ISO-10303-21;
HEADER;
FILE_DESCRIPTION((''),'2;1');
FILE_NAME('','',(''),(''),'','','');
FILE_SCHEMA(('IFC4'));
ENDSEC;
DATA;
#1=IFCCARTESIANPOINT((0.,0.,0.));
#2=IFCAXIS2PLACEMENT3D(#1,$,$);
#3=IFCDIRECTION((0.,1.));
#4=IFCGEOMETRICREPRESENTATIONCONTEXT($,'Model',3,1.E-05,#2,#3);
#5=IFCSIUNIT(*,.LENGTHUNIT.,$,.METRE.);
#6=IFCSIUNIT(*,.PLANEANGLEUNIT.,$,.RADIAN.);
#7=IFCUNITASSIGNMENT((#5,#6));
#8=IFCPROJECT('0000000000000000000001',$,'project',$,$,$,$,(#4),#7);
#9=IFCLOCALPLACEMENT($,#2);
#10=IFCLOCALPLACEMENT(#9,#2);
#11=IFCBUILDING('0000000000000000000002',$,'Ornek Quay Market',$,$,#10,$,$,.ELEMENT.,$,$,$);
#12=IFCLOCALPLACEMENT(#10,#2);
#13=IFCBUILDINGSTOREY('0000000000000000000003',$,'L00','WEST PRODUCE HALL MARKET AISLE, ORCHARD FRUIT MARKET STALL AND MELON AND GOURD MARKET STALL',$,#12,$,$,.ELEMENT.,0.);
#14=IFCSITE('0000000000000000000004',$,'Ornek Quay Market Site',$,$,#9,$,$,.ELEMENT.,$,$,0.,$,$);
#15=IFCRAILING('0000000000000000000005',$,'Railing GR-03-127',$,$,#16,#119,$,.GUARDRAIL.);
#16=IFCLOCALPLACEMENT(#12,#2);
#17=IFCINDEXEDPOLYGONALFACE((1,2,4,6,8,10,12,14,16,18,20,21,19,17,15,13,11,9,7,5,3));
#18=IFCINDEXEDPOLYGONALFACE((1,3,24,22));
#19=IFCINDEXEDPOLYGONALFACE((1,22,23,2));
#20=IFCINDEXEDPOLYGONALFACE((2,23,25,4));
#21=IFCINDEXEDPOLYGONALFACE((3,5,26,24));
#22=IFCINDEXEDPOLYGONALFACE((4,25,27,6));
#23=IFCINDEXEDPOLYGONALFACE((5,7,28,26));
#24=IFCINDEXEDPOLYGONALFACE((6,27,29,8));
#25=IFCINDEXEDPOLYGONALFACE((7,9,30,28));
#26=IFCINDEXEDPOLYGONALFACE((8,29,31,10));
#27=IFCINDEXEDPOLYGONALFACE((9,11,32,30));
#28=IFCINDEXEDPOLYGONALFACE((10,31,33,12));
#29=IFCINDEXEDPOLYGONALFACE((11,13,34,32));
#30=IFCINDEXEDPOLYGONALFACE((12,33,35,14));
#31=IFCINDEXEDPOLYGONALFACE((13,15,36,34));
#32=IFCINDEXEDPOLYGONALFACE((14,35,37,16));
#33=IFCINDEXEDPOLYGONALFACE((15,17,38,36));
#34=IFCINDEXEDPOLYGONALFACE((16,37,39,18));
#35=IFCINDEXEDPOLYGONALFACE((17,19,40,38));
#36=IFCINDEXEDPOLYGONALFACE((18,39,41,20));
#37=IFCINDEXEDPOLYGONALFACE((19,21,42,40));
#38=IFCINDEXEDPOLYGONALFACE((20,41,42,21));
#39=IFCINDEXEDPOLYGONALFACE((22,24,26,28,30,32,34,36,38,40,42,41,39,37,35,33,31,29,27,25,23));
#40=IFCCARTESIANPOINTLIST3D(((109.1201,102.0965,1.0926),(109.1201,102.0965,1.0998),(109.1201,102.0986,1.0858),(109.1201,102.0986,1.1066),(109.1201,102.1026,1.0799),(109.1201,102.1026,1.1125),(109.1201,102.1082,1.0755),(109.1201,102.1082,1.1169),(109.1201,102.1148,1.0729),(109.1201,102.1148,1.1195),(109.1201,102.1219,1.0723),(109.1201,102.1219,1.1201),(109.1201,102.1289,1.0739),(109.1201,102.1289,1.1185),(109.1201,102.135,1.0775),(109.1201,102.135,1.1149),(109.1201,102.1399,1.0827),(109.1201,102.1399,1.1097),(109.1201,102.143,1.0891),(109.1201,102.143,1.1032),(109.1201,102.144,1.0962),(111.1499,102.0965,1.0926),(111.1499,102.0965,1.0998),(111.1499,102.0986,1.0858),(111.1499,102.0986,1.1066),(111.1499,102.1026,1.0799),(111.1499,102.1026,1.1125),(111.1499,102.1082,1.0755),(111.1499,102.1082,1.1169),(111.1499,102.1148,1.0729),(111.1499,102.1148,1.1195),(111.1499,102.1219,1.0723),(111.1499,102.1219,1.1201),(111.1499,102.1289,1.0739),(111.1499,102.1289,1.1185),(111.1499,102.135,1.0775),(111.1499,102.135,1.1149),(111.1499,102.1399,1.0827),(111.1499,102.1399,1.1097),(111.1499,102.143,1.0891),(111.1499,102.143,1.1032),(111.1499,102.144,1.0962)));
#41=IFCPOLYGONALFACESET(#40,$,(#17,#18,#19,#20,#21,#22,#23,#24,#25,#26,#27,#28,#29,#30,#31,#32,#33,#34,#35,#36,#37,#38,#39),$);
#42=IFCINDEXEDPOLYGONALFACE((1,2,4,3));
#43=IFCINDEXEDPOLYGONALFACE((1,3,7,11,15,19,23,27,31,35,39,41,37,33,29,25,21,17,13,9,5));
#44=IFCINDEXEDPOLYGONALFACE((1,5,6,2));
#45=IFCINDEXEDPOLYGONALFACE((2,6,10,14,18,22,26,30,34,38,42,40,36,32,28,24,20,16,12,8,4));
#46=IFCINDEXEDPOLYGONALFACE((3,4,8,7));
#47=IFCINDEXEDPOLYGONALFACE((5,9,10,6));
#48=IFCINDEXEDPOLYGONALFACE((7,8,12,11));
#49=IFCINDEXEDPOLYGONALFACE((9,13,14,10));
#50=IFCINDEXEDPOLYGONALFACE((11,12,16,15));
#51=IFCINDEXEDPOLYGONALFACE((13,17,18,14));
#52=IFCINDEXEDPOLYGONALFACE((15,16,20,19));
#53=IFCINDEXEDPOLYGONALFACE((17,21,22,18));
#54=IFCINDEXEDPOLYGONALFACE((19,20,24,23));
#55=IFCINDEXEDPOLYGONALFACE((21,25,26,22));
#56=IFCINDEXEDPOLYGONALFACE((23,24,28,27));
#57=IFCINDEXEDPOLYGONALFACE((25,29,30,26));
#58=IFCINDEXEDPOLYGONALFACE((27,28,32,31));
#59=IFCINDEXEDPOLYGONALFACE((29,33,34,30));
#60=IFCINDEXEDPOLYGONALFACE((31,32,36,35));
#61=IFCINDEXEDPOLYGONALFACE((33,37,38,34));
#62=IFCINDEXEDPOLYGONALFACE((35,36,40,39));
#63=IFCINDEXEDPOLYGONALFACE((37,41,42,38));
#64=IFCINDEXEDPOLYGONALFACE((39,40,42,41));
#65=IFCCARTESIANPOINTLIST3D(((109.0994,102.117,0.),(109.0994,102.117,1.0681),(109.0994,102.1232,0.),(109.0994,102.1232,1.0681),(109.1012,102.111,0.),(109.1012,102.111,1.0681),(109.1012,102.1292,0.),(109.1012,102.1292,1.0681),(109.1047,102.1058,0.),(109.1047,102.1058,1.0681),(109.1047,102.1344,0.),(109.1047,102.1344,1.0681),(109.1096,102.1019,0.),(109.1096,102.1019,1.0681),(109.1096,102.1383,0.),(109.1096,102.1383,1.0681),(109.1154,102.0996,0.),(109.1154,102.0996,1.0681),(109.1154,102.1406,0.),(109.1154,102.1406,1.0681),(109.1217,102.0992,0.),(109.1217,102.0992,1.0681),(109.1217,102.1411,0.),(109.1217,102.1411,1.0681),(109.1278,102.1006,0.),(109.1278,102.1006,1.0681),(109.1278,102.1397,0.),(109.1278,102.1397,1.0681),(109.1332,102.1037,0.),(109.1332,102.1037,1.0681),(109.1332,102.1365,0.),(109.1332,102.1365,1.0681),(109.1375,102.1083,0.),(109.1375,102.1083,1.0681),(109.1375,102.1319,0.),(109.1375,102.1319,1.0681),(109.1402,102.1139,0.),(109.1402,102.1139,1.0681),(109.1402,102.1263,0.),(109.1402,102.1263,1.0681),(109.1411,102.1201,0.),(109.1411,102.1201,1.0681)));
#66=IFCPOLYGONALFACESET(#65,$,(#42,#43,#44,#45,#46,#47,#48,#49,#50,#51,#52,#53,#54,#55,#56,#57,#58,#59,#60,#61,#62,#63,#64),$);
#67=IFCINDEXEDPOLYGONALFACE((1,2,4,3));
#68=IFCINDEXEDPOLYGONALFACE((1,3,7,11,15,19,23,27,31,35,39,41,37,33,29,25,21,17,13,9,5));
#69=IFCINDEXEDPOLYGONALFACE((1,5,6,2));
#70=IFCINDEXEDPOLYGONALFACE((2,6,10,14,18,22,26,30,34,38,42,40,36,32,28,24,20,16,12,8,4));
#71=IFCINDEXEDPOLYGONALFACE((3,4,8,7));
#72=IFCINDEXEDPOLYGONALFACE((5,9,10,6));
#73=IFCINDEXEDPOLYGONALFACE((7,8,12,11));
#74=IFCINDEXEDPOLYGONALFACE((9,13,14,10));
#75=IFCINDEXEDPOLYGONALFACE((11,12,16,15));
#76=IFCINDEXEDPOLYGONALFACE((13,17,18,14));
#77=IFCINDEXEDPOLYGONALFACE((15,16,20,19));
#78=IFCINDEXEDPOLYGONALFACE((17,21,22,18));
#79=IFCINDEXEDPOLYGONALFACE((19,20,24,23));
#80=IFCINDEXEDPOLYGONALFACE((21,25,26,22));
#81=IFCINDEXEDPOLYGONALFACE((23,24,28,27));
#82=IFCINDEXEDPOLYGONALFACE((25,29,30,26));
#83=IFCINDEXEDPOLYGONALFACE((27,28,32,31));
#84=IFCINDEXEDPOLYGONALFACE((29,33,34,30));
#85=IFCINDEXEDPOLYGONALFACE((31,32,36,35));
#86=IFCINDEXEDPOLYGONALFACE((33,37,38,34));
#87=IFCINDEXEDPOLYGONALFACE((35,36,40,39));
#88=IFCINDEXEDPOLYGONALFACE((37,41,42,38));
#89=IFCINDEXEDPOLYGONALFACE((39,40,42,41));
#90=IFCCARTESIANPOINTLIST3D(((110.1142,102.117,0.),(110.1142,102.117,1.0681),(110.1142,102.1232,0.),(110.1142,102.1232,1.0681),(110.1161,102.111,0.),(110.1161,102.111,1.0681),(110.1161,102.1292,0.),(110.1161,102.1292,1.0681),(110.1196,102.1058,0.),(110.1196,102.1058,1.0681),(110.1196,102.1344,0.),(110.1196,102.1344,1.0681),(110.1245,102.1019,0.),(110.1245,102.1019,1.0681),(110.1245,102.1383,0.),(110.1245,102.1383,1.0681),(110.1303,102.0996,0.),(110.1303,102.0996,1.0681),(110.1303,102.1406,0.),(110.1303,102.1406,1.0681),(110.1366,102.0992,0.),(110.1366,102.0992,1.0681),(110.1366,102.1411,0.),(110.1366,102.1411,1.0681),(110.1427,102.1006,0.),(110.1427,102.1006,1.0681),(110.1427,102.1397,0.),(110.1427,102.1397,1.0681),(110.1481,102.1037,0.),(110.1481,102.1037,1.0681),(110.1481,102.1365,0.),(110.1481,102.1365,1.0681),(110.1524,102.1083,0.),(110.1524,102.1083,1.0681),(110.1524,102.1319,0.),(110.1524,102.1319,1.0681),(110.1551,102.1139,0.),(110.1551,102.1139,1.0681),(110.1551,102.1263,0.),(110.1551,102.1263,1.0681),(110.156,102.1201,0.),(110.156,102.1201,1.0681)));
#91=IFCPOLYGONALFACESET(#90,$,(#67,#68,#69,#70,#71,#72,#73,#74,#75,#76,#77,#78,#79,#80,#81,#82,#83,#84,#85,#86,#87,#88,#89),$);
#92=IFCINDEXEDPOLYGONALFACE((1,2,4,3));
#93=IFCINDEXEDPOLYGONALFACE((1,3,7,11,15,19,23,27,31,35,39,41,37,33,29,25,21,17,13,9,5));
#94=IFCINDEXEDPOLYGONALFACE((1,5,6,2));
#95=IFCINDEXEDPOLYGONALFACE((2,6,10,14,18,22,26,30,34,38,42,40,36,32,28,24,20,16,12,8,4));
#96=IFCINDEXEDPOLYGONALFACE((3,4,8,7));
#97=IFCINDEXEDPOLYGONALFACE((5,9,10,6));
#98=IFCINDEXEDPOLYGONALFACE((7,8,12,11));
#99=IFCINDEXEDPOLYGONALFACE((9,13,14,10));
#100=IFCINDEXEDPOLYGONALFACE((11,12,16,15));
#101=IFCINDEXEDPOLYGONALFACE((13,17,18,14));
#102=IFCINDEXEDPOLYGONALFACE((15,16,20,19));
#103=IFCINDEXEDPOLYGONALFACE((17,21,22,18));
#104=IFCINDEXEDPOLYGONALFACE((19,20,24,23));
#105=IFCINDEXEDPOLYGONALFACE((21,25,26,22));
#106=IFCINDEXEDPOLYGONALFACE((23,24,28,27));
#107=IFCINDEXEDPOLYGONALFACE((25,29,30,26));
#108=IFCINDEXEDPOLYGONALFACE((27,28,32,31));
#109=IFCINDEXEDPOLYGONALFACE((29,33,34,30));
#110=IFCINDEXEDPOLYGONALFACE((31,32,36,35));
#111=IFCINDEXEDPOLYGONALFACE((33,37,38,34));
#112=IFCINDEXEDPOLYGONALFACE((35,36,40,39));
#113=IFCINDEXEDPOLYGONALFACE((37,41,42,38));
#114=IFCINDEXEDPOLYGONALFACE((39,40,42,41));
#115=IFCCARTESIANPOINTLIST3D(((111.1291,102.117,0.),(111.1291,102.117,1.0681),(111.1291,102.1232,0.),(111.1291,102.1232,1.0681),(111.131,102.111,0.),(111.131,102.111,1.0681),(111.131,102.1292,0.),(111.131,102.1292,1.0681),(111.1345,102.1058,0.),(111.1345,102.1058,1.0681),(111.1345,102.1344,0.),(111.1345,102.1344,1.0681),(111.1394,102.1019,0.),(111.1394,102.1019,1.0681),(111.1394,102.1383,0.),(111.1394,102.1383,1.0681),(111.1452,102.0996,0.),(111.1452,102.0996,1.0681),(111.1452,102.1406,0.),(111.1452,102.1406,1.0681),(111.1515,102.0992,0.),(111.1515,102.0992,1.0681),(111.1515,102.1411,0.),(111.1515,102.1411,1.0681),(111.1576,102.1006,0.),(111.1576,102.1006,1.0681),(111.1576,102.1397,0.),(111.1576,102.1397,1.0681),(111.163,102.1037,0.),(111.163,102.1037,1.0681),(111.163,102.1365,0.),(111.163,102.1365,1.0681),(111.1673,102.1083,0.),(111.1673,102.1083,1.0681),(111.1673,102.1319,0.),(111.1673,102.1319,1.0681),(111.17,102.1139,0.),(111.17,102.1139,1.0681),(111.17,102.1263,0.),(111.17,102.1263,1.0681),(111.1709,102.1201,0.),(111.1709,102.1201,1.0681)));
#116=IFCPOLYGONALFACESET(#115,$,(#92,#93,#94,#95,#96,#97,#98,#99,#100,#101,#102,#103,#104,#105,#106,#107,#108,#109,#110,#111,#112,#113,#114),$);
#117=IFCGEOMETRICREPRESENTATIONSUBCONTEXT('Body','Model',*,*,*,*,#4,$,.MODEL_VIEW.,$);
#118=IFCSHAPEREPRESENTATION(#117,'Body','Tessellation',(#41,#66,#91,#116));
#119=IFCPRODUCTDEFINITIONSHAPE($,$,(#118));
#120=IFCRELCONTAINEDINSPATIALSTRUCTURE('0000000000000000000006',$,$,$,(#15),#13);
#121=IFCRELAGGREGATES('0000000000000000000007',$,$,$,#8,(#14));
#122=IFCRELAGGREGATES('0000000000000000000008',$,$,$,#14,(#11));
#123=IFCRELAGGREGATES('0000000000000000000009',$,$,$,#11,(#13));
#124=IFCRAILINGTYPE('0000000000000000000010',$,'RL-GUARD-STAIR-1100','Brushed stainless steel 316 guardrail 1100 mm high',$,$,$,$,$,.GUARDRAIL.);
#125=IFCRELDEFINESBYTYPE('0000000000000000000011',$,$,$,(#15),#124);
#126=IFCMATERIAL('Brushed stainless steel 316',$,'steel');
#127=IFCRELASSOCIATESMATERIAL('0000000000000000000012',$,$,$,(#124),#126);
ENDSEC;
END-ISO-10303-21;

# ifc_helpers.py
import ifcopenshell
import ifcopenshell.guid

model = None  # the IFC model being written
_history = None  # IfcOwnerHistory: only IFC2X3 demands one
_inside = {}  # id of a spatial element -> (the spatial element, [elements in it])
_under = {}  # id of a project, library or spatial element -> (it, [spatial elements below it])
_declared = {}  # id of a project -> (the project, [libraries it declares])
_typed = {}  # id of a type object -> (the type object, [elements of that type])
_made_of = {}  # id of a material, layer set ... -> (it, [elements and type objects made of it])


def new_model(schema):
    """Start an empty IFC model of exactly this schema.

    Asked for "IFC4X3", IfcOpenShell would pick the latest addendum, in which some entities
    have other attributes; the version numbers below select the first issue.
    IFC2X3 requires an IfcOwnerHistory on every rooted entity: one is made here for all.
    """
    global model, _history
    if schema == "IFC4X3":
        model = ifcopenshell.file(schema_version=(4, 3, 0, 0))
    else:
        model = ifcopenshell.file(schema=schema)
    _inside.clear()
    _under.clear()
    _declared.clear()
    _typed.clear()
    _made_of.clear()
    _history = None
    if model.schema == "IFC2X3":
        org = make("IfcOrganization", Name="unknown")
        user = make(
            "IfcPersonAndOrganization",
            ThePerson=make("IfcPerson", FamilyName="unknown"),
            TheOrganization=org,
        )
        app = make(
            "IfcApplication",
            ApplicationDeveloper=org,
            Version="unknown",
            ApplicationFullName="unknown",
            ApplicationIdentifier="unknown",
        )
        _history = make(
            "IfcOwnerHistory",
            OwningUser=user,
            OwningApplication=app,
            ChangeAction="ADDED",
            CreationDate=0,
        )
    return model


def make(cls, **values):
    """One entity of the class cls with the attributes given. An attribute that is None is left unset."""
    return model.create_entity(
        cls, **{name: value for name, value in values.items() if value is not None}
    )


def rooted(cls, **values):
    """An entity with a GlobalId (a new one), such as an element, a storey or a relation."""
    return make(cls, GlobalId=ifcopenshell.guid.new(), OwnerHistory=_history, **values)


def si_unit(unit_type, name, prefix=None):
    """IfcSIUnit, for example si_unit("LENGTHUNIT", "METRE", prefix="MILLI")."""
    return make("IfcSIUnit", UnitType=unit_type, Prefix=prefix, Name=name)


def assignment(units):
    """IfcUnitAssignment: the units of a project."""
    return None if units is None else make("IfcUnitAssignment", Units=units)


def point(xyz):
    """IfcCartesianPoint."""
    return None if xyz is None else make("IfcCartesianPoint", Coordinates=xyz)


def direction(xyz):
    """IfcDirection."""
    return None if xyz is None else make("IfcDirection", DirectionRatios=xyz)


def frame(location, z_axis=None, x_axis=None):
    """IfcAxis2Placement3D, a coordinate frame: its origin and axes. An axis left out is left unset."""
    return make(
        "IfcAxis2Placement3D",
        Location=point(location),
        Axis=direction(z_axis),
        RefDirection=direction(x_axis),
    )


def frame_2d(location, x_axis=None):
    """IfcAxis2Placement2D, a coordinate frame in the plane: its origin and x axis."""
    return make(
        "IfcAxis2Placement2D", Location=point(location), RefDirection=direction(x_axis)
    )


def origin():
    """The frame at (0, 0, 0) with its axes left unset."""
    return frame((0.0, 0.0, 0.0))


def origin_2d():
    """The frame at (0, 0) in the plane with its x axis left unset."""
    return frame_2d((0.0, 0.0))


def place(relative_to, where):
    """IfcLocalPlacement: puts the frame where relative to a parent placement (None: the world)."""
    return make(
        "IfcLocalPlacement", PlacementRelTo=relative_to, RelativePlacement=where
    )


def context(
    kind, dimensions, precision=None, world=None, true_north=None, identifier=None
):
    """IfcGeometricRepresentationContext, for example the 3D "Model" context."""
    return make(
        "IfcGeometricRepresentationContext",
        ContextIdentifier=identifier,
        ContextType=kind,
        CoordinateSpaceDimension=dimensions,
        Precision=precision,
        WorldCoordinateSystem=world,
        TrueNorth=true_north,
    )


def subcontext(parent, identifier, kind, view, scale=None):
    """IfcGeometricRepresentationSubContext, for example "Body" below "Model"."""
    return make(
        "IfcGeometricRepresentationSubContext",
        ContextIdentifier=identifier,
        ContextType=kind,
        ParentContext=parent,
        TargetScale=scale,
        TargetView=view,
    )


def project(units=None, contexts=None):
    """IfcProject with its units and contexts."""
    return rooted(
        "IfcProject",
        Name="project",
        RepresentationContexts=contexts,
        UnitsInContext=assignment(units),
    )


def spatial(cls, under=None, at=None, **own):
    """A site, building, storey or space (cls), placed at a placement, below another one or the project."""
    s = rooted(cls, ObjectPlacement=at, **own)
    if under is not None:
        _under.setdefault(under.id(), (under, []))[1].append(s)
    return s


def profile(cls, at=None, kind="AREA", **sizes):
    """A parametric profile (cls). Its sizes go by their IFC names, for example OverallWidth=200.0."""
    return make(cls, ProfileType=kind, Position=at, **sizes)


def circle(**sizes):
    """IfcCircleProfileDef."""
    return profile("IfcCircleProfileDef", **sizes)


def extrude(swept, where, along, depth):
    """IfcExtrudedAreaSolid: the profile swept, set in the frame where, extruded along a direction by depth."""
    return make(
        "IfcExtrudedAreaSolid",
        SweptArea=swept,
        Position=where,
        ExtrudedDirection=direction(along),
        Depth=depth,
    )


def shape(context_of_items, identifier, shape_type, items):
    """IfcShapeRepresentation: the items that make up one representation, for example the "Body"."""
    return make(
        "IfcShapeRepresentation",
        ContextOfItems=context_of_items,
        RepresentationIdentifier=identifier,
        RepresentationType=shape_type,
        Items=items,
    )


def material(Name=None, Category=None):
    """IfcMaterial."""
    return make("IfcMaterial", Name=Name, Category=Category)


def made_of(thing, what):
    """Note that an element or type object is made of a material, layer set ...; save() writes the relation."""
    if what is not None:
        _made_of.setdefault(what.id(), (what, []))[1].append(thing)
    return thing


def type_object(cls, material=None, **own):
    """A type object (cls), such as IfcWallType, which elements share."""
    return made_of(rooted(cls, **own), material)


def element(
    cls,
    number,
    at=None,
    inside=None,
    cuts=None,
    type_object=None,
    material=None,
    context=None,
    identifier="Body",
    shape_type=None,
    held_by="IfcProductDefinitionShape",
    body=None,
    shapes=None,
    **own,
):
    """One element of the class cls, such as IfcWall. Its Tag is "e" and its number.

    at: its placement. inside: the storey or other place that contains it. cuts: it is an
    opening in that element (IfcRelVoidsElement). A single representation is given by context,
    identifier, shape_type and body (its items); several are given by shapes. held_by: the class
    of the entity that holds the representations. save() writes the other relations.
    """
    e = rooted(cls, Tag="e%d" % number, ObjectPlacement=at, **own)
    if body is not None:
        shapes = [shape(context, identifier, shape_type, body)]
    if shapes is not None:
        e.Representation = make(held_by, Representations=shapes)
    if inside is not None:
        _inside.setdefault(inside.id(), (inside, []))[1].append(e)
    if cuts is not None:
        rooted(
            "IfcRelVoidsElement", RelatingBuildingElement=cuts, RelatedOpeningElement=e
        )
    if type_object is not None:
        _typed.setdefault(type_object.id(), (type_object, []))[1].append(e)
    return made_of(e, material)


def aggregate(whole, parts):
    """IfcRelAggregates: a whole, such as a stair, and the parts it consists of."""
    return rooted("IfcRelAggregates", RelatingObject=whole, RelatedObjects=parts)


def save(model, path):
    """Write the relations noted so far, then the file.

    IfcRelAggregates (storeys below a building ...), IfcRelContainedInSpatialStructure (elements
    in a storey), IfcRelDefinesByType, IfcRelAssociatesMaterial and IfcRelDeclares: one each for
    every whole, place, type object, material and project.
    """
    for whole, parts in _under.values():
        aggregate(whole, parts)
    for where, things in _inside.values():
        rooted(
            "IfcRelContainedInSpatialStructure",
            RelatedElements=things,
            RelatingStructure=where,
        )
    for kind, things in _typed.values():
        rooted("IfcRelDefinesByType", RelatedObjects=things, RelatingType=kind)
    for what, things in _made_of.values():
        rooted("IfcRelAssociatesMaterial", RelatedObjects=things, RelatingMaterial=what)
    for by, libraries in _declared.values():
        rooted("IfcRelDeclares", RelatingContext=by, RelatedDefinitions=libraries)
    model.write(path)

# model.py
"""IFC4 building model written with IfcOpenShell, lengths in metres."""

from ifc_helpers import new_model, si_unit, direction, frame, origin, origin_2d, place, context, subcontext, project, spatial, circle, extrude, material, type_object, element, save


model = new_model("IFC4")

# Units and contexts
model_context = context("Model", 3, precision=1e-05, world=origin(), true_north=direction((0.0, 1.0)))
body_context = subcontext(model_context, "Body", "Model", "MODEL_VIEW")
ifc_project = project(units=[si_unit("LENGTHUNIT", "METRE"), si_unit("PLANEANGLEUNIT", "RADIAN")], contexts=[model_context])

# Site, building, storey
site_placement = place(None, origin())
site = spatial("IfcSite", under=ifc_project, at=site_placement, Name="Ornek Quay Market Site", CompositionType="ELEMENT", RefElevation=0.0)
building_placement = place(site_placement, origin())
building = spatial("IfcBuilding", under=site, at=building_placement, Name="Ornek Quay Market", CompositionType="ELEMENT")
storey_placement = place(building_placement, origin())
storey = spatial("IfcBuildingStorey", under=building, at=storey_placement, Name="L00", Description="WEST PRODUCE HALL MARKET AISLE, ORCHARD FRUIT MARKET STALL AND MELON AND GOURD MARKET STALL", CompositionType="ELEMENT", Elevation=0.0)

# Railing
ifc_material_1 = material(Name="Brushed stainless steel 316", Category="steel")
railing_type = type_object("IfcRailingType", Name="RL-GUARD-STAIR-1100", Description="Brushed stainless steel 316 guardrail 1100 mm high", PredefinedType="GUARDRAIL", material=ifc_material_1)
railing_placement = place(storey_placement, frame((109.1201, 102.1201, 0.0)))
element("IfcRailing", 1, at=railing_placement, inside=storey, type_object=railing_type, Name="Railing GR-03-127", PredefinedType="GUARDRAIL", context=body_context, shape_type="SweptSolid", body=[
    extrude(circle(Radius=0.0239, at=origin_2d()), frame((0.0, 0.0, 1.0962), z_axis=(1.0, 0.0, 0.0), x_axis=(0.0, 1.0, 0.0)), (0.0, 0.0, 1.0), 2.0298),
    extrude(circle(Radius=0.021, at=origin_2d()), origin(), (0.0, 0.0, 1.0), 1.0681),
    extrude(circle(Radius=0.021, at=origin_2d()), frame((1.0149, 0.0, 0.0)), (0.0, 0.0, 1.0), 1.0681),
    extrude(circle(Radius=0.021, at=origin_2d()), frame((2.0298, 0.0, 0.0)), (0.0, 0.0, 1.0), 1.0681),
])

save(model, "model.ifc")
